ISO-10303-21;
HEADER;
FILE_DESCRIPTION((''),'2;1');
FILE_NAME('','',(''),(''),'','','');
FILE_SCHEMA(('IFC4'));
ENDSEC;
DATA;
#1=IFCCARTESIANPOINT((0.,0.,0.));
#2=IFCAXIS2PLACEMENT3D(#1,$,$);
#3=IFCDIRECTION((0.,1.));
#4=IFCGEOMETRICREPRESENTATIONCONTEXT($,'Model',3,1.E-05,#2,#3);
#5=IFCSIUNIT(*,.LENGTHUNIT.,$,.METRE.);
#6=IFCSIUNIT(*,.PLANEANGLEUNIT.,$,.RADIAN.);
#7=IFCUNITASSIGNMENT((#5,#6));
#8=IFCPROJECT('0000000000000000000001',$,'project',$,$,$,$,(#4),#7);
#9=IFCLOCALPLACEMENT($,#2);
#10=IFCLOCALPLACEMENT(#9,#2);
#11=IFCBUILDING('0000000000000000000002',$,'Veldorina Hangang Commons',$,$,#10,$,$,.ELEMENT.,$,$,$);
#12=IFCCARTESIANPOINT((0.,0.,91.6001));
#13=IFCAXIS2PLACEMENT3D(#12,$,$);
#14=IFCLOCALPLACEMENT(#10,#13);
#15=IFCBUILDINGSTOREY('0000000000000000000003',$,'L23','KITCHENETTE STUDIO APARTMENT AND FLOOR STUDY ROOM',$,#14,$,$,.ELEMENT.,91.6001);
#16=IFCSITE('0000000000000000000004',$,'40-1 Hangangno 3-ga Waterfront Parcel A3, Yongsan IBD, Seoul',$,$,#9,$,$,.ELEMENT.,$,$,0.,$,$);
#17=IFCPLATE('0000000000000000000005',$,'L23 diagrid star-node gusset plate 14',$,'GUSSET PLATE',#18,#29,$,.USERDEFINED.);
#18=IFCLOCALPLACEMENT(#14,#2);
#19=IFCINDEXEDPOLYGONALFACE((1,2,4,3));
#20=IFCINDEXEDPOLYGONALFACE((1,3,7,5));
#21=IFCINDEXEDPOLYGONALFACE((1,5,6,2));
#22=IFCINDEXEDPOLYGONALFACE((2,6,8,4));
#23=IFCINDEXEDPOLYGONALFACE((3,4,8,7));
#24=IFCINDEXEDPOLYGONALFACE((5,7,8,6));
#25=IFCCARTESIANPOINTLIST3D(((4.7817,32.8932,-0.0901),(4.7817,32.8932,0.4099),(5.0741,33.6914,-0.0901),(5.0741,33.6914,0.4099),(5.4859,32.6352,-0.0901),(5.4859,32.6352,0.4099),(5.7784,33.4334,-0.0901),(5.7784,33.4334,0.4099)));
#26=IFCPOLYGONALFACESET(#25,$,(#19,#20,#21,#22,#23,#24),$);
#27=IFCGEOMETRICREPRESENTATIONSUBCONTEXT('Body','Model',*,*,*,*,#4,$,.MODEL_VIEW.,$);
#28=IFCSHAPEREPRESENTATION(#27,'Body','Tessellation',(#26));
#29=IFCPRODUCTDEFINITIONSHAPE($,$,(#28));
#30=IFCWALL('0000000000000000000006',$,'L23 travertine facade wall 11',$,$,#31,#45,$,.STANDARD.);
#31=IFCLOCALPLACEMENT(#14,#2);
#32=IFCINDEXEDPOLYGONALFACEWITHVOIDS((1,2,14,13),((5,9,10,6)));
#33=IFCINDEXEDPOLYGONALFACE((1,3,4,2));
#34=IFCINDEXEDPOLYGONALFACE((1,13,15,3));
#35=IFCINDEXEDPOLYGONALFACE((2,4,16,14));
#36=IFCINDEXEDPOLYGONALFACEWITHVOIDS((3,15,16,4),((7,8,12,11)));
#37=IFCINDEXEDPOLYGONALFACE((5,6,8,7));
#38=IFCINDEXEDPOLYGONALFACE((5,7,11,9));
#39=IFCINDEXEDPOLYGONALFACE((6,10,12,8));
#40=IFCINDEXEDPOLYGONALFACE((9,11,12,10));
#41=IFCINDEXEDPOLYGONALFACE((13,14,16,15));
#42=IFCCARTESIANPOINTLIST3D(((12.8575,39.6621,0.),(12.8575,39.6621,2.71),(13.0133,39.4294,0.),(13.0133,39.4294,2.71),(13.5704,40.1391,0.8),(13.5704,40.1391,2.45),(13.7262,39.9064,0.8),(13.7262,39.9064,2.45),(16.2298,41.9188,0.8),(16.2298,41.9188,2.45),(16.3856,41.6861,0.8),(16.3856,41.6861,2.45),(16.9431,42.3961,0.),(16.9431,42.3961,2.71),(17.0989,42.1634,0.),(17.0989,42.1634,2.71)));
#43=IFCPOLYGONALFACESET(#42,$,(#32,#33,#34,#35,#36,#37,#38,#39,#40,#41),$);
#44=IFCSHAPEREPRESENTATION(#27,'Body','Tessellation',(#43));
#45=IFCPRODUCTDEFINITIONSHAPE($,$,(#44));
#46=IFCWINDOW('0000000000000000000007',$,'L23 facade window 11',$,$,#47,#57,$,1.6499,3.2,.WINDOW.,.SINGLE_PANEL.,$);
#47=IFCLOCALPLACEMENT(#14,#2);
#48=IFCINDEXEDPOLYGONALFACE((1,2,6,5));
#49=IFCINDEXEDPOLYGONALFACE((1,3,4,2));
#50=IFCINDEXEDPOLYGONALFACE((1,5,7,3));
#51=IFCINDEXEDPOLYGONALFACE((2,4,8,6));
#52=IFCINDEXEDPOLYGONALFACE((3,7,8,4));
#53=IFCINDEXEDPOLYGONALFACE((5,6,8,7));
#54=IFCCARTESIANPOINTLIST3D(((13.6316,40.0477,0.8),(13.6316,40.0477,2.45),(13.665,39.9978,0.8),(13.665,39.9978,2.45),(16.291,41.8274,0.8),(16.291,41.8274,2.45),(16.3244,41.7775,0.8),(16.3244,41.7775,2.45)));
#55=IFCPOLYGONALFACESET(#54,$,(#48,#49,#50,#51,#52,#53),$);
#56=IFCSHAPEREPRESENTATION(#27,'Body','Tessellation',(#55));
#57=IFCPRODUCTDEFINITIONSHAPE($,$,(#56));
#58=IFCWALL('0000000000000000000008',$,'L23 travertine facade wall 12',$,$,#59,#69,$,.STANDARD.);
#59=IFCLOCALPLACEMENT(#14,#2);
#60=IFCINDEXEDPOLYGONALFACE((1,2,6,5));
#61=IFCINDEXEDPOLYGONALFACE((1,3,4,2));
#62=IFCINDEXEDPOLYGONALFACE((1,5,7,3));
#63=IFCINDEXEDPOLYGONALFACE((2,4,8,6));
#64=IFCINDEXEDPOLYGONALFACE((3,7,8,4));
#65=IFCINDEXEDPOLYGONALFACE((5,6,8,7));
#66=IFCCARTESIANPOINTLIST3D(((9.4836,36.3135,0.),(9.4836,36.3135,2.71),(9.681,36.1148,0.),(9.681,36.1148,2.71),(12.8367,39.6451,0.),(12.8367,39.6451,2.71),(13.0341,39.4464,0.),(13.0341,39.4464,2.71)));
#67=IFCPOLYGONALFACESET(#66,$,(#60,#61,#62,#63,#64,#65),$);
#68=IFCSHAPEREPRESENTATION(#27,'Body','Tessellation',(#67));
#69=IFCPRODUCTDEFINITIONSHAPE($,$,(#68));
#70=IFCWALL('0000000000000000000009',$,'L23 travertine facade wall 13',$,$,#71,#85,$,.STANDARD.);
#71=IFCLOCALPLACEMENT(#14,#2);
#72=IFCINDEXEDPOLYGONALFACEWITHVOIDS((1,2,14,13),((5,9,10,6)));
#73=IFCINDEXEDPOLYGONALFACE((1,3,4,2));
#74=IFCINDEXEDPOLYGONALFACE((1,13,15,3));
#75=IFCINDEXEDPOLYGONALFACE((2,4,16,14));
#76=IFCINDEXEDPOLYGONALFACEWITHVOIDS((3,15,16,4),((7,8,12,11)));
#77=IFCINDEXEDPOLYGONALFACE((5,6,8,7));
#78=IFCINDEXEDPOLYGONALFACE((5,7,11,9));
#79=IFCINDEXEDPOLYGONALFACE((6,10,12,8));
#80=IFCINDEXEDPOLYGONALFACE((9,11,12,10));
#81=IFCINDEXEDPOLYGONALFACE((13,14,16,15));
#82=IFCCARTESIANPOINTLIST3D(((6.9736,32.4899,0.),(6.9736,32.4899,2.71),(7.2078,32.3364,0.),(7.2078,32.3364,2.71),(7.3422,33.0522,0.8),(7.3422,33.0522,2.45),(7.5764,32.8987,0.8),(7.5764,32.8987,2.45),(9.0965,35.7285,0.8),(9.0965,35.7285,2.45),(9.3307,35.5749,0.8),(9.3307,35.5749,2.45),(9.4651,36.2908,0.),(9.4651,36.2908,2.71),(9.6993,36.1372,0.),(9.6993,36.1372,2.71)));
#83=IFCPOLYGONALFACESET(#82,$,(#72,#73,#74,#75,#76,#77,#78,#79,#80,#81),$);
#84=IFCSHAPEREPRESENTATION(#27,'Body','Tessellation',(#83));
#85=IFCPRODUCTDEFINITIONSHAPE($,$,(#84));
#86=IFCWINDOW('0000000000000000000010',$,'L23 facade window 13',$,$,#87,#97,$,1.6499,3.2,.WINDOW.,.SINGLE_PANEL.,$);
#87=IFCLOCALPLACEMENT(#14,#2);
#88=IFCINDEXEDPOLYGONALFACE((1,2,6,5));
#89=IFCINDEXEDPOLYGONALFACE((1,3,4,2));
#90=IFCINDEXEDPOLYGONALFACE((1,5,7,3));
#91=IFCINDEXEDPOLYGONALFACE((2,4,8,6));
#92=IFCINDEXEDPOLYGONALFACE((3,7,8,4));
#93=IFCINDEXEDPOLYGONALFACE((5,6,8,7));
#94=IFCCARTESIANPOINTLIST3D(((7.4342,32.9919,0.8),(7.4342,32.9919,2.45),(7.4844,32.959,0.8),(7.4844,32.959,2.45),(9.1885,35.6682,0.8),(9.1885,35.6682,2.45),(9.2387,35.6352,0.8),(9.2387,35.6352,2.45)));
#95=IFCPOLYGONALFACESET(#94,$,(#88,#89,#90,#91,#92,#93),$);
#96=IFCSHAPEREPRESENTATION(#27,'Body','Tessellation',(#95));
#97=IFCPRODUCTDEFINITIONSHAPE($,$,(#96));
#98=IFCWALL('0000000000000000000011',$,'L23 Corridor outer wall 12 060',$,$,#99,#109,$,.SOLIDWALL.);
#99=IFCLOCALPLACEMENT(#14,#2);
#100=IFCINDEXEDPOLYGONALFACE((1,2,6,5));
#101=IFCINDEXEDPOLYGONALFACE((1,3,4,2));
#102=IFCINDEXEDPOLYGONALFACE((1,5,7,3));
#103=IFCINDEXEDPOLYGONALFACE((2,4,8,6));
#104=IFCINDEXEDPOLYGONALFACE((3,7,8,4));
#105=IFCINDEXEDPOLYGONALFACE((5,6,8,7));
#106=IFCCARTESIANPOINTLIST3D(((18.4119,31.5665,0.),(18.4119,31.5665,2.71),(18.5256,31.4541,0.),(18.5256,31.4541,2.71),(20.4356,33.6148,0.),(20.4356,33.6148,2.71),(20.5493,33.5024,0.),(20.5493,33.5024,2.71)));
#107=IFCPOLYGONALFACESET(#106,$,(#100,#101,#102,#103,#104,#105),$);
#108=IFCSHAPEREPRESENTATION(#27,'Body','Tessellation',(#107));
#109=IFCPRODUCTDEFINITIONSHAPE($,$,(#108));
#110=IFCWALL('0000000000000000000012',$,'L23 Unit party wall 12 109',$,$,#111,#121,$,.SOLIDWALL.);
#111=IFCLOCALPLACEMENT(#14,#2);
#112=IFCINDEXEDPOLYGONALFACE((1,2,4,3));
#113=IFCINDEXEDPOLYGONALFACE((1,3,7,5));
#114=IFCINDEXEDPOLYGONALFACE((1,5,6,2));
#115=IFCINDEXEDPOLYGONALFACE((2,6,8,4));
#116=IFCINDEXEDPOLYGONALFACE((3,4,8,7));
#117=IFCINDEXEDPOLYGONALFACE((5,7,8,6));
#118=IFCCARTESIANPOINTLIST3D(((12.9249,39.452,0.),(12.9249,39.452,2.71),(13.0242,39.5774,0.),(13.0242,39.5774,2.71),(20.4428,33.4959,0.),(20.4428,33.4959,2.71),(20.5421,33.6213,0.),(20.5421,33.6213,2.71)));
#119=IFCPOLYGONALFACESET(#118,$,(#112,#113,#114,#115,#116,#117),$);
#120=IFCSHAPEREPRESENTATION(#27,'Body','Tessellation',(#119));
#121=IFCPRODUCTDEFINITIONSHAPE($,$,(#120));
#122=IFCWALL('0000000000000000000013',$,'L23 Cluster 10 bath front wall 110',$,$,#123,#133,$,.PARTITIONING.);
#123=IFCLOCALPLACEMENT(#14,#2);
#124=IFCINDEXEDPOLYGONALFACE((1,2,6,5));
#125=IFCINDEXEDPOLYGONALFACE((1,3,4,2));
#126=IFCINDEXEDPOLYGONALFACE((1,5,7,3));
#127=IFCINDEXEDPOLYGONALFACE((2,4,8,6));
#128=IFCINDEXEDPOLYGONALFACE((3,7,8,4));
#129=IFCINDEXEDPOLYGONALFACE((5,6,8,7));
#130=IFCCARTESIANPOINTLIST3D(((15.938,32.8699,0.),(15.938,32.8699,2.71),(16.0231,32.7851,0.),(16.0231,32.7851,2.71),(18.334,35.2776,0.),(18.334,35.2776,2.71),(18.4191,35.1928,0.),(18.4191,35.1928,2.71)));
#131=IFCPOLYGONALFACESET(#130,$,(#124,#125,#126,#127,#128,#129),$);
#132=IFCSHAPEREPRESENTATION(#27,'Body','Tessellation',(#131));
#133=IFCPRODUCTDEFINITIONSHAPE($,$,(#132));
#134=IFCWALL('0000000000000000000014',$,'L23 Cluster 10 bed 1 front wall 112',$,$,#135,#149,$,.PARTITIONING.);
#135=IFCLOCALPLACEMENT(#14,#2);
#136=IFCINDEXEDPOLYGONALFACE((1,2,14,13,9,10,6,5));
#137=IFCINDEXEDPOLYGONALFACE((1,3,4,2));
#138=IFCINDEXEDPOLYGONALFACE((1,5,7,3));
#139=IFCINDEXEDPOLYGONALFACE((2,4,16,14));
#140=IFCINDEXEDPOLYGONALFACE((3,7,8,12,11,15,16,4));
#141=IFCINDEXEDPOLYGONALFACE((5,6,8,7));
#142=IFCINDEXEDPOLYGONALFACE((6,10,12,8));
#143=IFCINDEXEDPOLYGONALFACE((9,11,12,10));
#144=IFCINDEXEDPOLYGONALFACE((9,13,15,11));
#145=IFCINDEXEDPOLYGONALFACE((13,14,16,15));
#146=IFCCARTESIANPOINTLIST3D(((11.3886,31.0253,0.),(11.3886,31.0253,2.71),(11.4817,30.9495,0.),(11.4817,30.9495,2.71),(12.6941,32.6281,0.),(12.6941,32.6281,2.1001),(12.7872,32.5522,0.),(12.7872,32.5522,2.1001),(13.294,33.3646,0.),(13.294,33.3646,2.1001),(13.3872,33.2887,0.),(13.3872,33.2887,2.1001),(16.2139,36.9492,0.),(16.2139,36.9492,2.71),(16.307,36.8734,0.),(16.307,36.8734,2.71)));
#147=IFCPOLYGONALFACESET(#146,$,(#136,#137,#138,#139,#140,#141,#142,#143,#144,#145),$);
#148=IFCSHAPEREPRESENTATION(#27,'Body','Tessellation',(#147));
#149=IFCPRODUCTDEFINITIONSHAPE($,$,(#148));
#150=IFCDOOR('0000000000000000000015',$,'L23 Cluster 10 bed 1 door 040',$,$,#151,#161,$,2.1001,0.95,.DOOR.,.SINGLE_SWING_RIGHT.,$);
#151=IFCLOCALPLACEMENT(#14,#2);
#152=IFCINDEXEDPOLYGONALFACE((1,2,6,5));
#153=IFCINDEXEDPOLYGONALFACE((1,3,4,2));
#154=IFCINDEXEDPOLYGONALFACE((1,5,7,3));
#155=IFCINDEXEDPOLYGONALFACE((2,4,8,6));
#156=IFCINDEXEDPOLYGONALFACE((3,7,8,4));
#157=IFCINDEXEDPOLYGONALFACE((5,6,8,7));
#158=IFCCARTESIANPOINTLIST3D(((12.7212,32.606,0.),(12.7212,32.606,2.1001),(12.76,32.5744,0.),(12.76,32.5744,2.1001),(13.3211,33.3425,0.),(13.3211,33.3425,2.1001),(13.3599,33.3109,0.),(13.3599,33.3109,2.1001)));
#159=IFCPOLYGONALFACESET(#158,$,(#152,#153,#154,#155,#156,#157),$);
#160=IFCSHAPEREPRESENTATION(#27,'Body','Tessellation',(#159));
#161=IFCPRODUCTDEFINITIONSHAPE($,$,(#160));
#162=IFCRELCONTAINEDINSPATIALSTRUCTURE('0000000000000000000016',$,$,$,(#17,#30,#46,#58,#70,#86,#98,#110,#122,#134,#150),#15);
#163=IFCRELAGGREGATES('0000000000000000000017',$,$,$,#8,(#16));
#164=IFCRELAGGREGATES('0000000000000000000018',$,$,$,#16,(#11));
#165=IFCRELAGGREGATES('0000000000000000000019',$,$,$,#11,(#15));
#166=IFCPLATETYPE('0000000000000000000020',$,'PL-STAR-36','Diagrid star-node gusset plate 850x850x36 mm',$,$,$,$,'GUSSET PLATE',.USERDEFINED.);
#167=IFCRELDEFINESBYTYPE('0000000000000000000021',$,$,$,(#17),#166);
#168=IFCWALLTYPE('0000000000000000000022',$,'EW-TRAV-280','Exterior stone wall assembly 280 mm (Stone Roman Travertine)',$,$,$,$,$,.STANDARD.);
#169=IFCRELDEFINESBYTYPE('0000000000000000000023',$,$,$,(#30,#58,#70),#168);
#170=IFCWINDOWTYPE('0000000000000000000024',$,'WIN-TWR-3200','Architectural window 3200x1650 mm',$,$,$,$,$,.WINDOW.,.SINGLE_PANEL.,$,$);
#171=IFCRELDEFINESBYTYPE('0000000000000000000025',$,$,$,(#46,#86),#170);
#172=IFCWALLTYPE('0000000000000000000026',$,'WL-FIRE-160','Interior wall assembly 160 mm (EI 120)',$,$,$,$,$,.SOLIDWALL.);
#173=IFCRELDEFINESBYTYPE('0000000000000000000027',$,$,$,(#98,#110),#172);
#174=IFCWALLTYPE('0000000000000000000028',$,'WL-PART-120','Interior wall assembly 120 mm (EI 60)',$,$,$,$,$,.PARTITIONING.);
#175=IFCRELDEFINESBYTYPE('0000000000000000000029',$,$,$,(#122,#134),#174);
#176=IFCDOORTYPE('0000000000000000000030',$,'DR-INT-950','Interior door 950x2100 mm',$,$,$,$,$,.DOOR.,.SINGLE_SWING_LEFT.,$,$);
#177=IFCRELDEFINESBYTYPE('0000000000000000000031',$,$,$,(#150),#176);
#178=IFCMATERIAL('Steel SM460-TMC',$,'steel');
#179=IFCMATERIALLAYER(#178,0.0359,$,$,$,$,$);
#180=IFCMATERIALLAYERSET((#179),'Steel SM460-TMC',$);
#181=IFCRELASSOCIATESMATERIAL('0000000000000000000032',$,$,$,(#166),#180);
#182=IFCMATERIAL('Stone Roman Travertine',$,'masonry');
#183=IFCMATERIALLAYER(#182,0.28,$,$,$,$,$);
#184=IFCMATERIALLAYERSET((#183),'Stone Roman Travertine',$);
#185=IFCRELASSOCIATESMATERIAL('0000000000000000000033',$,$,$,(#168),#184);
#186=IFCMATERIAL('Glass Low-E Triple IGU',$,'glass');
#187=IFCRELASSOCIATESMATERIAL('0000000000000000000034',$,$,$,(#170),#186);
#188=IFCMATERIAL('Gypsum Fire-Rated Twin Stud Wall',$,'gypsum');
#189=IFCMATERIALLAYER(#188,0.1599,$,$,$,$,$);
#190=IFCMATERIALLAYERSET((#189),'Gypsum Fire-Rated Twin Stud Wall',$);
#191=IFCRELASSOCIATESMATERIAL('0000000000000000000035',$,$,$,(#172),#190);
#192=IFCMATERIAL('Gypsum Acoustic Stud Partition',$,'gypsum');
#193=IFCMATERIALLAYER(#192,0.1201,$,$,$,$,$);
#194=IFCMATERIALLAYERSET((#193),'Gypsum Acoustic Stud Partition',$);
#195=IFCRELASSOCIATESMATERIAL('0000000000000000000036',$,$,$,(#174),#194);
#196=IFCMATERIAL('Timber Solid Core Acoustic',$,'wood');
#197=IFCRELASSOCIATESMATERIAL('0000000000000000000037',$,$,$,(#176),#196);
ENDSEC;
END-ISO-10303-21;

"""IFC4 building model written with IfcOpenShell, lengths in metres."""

from ifc_helpers import new_model, si_unit, direction, frame, frame_2d, origin, origin_2d, place, context, subcontext, project, spatial, rectangle, extrude, material, layer, layer_set, type_object, element, fill, save


model = new_model("IFC4")

# Units and contexts
model_context = context("Model", 3, precision=1e-05, world=origin(), true_north=direction((0.0, 1.0)))
body_context = subcontext(model_context, "Body", "Model", "MODEL_VIEW")
ifc_project = project(units=[si_unit("LENGTHUNIT", "METRE"), si_unit("PLANEANGLEUNIT", "RADIAN")], contexts=[model_context])

# Site, building, storey
site_placement = place(None, origin())
site = spatial("IfcSite", under=ifc_project, at=site_placement, Name="40-1 Hangangno 3-ga Waterfront Parcel A3, Yongsan IBD, Seoul", CompositionType="ELEMENT", RefElevation=0.0)
building_placement = place(site_placement, origin())
building = spatial("IfcBuilding", under=site, at=building_placement, Name="Veldorina Hangang Commons", CompositionType="ELEMENT")
storey_placement = place(building_placement, frame((0.0, 0.0, 91.6001)))
storey = spatial("IfcBuildingStorey", under=building, at=storey_placement, Name="L23", Description="KITCHENETTE STUDIO APARTMENT AND FLOOR STUDY ROOM", CompositionType="ELEMENT", Elevation=91.6001)

# Shared definitions
ifc_material_1 = material(Name="Steel SM460-TMC", Category="steel")

# Plate
ifc_layer_1 = layer(ifc_material_1, 0.0359)
ifc_layer_set_1 = layer_set([ifc_layer_1], Name="Steel SM460-TMC")
plate_type = type_object("IfcPlateType", Name="PL-STAR-36", Description="Diagrid star-node gusset plate 850x850x36 mm", ElementType="GUSSET PLATE", PredefinedType="USERDEFINED", material=ifc_layer_set_1)
plate_1_placement = place(storey_placement, frame((5.28, 33.1633, -0.0901), z_axis=(0.0, 0.0, 1.0), x_axis=(-0.34402, -0.938962, 0.0)))
element("IfcPlate", 1, at=plate_1_placement, inside=storey, type_object=plate_type, Name="L23 diagrid star-node gusset plate 14", ObjectType="GUSSET PLATE", PredefinedType="USERDEFINED", context=body_context, shape_type="SweptSolid", body=[
    extrude(rectangle(XDim=0.8501, YDim=0.75, at=origin_2d()), origin(), (0.0, 0.0, 1.0), 0.5),
])

# Wall, opening, window
ifc_material_2 = material(Name="Stone Roman Travertine", Category="masonry")
ifc_layer_2 = layer(ifc_material_2, 0.28)
ifc_layer_set_2 = layer_set([ifc_layer_2], Name="Stone Roman Travertine")
wall_type_1 = type_object("IfcWallType", Name="EW-TRAV-280", Description="Exterior stone wall assembly 280 mm (Stone Roman Travertine)", PredefinedType="STANDARD", material=ifc_layer_set_2)
wall_1_placement = place(storey_placement, frame((17.021, 42.2798, 0.0), z_axis=(0.0, 0.0, 1.0), x_axis=(-0.831079, -0.556155, 0.0)))
wall_1 = element("IfcWall", 2, at=wall_1_placement, inside=storey, type_object=wall_type_1, Name="L23 travertine facade wall 11", PredefinedType="STANDARD", context=body_context, shape_type="SweptSolid", body=[
    extrude(rectangle(XDim=4.916, YDim=0.28, at=frame_2d((2.458, 0.0))), origin(), (0.0, 0.0, 1.0), 2.71),
])
opening_1_placement = place(wall_1_placement, frame((0.8582, 0.0, 0.8)))
opening_1 = element("IfcOpeningElement", 3, at=opening_1_placement, cuts=wall_1, PredefinedType="OPENING", context=body_context, shape_type="SweptSolid", body=[
    extrude(rectangle(XDim=3.2, YDim=1.6499, at=frame_2d((1.6001, 0.825))), frame((0.0, 0.1499, 0.0), z_axis=(0.0, -1.0, 0.0), x_axis=(1.0, 0.0, 0.0)), (0.0, 0.0, 1.0), 0.3),
])
ifc_material_3 = material(Name="Glass Low-E Triple IGU", Category="glass")
window_type = type_object("IfcWindowType", Name="WIN-TWR-3200", Description="Architectural window 3200x1650 mm", PartitioningType="SINGLE_PANEL", PredefinedType="WINDOW", material=ifc_material_3)
window_1_placement = place(opening_1_placement, origin())
window_1 = element("IfcWindow", 4, at=window_1_placement, inside=storey, type_object=window_type, Name="L23 facade window 11", OverallHeight=1.6499, OverallWidth=3.2, PartitioningType="SINGLE_PANEL", PredefinedType="WINDOW", context=body_context, shape_type="SweptSolid", body=[
    extrude(rectangle(XDim=3.2, YDim=1.6499, at=frame_2d((1.6001, 0.825))), frame((0.0, 0.03, 0.0), z_axis=(0.0, -1.0, 0.0), x_axis=(1.0, 0.0, 0.0)), (0.0, 0.0, 1.0), 0.0601),
])
fill(opening_1, window_1)

# Wall
wall_2_placement = place(storey_placement, frame((12.9353, 39.5457, 0.0), z_axis=(0.0, 0.0, 1.0), x_axis=(-0.709376, -0.70483, 0.0)))
element("IfcWall", 5, at=wall_2_placement, inside=storey, type_object=wall_type_1, Name="L23 travertine facade wall 12", PredefinedType="STANDARD", context=body_context, shape_type="SweptSolid", body=[
    extrude(rectangle(XDim=4.7268, YDim=0.28, at=frame_2d((2.3633, 0.0))), origin(), (0.0, 0.0, 1.0), 2.71),
])

# Wall, opening, window
wall_3_placement = place(storey_placement, frame((9.5823, 36.2141, 0.0), z_axis=(0.0, 0.0, 1.0), x_axis=(-0.548225, -0.836331, 0.0)))
wall_3 = element("IfcWall", 6, at=wall_3_placement, inside=storey, type_object=wall_type_1, Name="L23 travertine facade wall 13", PredefinedType="STANDARD", context=body_context, shape_type="SweptSolid", body=[
    extrude(rectangle(XDim=4.5447, YDim=0.28, at=frame_2d((2.2725, 0.0))), origin(), (0.0, 0.0, 1.0), 2.71),
])
opening_2_placement = place(wall_3_placement, frame((0.6724, 0.0, 0.8)))
opening_2 = element("IfcOpeningElement", 7, at=opening_2_placement, cuts=wall_3, PredefinedType="OPENING", context=body_context, shape_type="SweptSolid", body=[
    extrude(rectangle(XDim=3.2, YDim=1.6499, at=frame_2d((1.6001, 0.825))), frame((0.0, 0.1499, 0.0), z_axis=(0.0, -1.0, 0.0), x_axis=(1.0, 0.0, 0.0)), (0.0, 0.0, 1.0), 0.3),
])
window_2_placement = place(opening_2_placement, origin())
window_2 = element("IfcWindow", 8, at=window_2_placement, inside=storey, type_object=window_type, Name="L23 facade window 13", OverallHeight=1.6499, OverallWidth=3.2, PartitioningType="SINGLE_PANEL", PredefinedType="WINDOW", context=body_context, shape_type="SweptSolid", body=[
    extrude(rectangle(XDim=3.2, YDim=1.6499, at=frame_2d((1.6001, 0.825))), frame((0.0, 0.03, 0.0), z_axis=(0.0, -1.0, 0.0), x_axis=(1.0, 0.0, 0.0)), (0.0, 0.0, 1.0), 0.0601),
])
fill(opening_2, window_2)

# Walls
ifc_material_4 = material(Name="Gypsum Fire-Rated Twin Stud Wall", Category="gypsum")
ifc_layer_3 = layer(ifc_material_4, 0.1599)
ifc_layer_set_3 = layer_set([ifc_layer_3], Name="Gypsum Fire-Rated Twin Stud Wall")
wall_type_2 = type_object("IfcWallType", Name="WL-FIRE-160", Description="Interior wall assembly 160 mm (EI 120)", PredefinedType="SOLIDWALL", material=ifc_layer_set_3)
wall_4_placement = place(storey_placement, frame((20.4924, 33.5586, 0.0), z_axis=(0.0, 0.0, 1.0), x_axis=(-0.702812, -0.711376, 0.0)))
element("IfcWall", 9, at=wall_4_placement, inside=storey, type_object=wall_type_2, Name="L23 Corridor outer wall 12 060", PredefinedType="SOLIDWALL", context=body_context, shape_type="SweptSolid", body=[
    extrude(rectangle(XDim=2.8794, YDim=0.1599, at=frame_2d((1.4397, 0.0))), origin(), (0.0, 0.0, 1.0), 2.71),
])
wall_5_placement = place(storey_placement, frame((20.4924, 33.5586, 0.0), z_axis=(0.0, 0.0, 1.0), x_axis=(-0.78382, 0.620988, 0.0)))
element("IfcWall", 10, at=wall_5_placement, inside=storey, type_object=wall_type_2, Name="L23 Unit party wall 12 109", PredefinedType="SOLIDWALL", context=body_context, shape_type="SweptSolid", body=[
    extrude(rectangle(XDim=9.5913, YDim=0.1599, at=frame_2d((4.7957, 0.0))), origin(), (0.0, 0.0, 1.0), 2.71),
])
ifc_material_5 = material(Name="Gypsum Acoustic Stud Partition", Category="gypsum")
ifc_layer_4 = layer(ifc_material_5, 0.1201)
ifc_layer_set_4 = layer_set([ifc_layer_4], Name="Gypsum Acoustic Stud Partition")
wall_type_3 = type_object("IfcWallType", Name="WL-PART-120", Description="Interior wall assembly 120 mm (EI 60)", PredefinedType="PARTITIONING", material=ifc_layer_set_4)
wall_6_placement = place(storey_placement, frame((18.3765, 35.2351, 0.0), z_axis=(0.0, 0.0, 1.0), x_axis=(-0.70538, -0.70883, 0.0)))
element("IfcWall", 11, at=wall_6_placement, inside=storey, type_object=wall_type_3, Name="L23 Cluster 10 bath front wall 110", PredefinedType="PARTITIONING", context=body_context, shape_type="SweptSolid", body=[
    extrude(rectangle(XDim=3.3967, YDim=0.1201, at=frame_2d((1.6982, 0.0))), origin(), (0.0, 0.0, 1.0), 2.71),
])

# Wall, opening, door
wall_7_placement = place(storey_placement, frame((16.2605, 36.9114, 0.0), z_axis=(0.0, 0.0, 1.0), x_axis=(-0.631545, -0.775339, 0.0)))
wall_7 = element("IfcWall", 12, at=wall_7_placement, inside=storey, type_object=wall_type_3, Name="L23 Cluster 10 bed 1 front wall 112", PredefinedType="PARTITIONING", context=body_context, shape_type="SweptSolid", body=[
    extrude(rectangle(XDim=7.6404, YDim=0.1201, at=frame_2d((3.8203, 0.0))), origin(), (0.0, 0.0, 1.0), 2.71),
])
opening_3_placement = place(wall_7_placement, frame((4.6233, 0.0, 0.0)))
opening_3 = element("IfcOpeningElement", 13, at=opening_3_placement, cuts=wall_7, PredefinedType="OPENING", context=body_context, shape_type="SweptSolid", body=[
    extrude(rectangle(XDim=0.95, YDim=2.1001, at=frame_2d((0.4751, 1.05))), frame((0.0, 0.0701, 0.0), z_axis=(0.0, -1.0, 0.0), x_axis=(1.0, 0.0, 0.0)), (0.0, 0.0, 1.0), 0.1401),
])
ifc_material_6 = material(Name="Timber Solid Core Acoustic", Category="wood")
door_type = type_object("IfcDoorType", Name="DR-INT-950", Description="Interior door 950x2100 mm", OperationType="SINGLE_SWING_LEFT", PredefinedType="DOOR", material=ifc_material_6)
door_placement = place(opening_3_placement, origin())
door = element("IfcDoor", 14, at=door_placement, inside=storey, type_object=door_type, Name="L23 Cluster 10 bed 1 door 040", OperationType="SINGLE_SWING_RIGHT", OverallHeight=2.1001, OverallWidth=0.95, PredefinedType="DOOR", context=body_context, shape_type="SweptSolid", body=[
    extrude(rectangle(XDim=0.95, YDim=2.1001, at=frame_2d((0.4751, 1.05))), frame((0.0, 0.0249, 0.0), z_axis=(0.0, -1.0, 0.0), x_axis=(1.0, 0.0, 0.0)), (0.0, 0.0, 1.0), 0.05),
])
fill(opening_3, door)

save(model, "model.ifc")
